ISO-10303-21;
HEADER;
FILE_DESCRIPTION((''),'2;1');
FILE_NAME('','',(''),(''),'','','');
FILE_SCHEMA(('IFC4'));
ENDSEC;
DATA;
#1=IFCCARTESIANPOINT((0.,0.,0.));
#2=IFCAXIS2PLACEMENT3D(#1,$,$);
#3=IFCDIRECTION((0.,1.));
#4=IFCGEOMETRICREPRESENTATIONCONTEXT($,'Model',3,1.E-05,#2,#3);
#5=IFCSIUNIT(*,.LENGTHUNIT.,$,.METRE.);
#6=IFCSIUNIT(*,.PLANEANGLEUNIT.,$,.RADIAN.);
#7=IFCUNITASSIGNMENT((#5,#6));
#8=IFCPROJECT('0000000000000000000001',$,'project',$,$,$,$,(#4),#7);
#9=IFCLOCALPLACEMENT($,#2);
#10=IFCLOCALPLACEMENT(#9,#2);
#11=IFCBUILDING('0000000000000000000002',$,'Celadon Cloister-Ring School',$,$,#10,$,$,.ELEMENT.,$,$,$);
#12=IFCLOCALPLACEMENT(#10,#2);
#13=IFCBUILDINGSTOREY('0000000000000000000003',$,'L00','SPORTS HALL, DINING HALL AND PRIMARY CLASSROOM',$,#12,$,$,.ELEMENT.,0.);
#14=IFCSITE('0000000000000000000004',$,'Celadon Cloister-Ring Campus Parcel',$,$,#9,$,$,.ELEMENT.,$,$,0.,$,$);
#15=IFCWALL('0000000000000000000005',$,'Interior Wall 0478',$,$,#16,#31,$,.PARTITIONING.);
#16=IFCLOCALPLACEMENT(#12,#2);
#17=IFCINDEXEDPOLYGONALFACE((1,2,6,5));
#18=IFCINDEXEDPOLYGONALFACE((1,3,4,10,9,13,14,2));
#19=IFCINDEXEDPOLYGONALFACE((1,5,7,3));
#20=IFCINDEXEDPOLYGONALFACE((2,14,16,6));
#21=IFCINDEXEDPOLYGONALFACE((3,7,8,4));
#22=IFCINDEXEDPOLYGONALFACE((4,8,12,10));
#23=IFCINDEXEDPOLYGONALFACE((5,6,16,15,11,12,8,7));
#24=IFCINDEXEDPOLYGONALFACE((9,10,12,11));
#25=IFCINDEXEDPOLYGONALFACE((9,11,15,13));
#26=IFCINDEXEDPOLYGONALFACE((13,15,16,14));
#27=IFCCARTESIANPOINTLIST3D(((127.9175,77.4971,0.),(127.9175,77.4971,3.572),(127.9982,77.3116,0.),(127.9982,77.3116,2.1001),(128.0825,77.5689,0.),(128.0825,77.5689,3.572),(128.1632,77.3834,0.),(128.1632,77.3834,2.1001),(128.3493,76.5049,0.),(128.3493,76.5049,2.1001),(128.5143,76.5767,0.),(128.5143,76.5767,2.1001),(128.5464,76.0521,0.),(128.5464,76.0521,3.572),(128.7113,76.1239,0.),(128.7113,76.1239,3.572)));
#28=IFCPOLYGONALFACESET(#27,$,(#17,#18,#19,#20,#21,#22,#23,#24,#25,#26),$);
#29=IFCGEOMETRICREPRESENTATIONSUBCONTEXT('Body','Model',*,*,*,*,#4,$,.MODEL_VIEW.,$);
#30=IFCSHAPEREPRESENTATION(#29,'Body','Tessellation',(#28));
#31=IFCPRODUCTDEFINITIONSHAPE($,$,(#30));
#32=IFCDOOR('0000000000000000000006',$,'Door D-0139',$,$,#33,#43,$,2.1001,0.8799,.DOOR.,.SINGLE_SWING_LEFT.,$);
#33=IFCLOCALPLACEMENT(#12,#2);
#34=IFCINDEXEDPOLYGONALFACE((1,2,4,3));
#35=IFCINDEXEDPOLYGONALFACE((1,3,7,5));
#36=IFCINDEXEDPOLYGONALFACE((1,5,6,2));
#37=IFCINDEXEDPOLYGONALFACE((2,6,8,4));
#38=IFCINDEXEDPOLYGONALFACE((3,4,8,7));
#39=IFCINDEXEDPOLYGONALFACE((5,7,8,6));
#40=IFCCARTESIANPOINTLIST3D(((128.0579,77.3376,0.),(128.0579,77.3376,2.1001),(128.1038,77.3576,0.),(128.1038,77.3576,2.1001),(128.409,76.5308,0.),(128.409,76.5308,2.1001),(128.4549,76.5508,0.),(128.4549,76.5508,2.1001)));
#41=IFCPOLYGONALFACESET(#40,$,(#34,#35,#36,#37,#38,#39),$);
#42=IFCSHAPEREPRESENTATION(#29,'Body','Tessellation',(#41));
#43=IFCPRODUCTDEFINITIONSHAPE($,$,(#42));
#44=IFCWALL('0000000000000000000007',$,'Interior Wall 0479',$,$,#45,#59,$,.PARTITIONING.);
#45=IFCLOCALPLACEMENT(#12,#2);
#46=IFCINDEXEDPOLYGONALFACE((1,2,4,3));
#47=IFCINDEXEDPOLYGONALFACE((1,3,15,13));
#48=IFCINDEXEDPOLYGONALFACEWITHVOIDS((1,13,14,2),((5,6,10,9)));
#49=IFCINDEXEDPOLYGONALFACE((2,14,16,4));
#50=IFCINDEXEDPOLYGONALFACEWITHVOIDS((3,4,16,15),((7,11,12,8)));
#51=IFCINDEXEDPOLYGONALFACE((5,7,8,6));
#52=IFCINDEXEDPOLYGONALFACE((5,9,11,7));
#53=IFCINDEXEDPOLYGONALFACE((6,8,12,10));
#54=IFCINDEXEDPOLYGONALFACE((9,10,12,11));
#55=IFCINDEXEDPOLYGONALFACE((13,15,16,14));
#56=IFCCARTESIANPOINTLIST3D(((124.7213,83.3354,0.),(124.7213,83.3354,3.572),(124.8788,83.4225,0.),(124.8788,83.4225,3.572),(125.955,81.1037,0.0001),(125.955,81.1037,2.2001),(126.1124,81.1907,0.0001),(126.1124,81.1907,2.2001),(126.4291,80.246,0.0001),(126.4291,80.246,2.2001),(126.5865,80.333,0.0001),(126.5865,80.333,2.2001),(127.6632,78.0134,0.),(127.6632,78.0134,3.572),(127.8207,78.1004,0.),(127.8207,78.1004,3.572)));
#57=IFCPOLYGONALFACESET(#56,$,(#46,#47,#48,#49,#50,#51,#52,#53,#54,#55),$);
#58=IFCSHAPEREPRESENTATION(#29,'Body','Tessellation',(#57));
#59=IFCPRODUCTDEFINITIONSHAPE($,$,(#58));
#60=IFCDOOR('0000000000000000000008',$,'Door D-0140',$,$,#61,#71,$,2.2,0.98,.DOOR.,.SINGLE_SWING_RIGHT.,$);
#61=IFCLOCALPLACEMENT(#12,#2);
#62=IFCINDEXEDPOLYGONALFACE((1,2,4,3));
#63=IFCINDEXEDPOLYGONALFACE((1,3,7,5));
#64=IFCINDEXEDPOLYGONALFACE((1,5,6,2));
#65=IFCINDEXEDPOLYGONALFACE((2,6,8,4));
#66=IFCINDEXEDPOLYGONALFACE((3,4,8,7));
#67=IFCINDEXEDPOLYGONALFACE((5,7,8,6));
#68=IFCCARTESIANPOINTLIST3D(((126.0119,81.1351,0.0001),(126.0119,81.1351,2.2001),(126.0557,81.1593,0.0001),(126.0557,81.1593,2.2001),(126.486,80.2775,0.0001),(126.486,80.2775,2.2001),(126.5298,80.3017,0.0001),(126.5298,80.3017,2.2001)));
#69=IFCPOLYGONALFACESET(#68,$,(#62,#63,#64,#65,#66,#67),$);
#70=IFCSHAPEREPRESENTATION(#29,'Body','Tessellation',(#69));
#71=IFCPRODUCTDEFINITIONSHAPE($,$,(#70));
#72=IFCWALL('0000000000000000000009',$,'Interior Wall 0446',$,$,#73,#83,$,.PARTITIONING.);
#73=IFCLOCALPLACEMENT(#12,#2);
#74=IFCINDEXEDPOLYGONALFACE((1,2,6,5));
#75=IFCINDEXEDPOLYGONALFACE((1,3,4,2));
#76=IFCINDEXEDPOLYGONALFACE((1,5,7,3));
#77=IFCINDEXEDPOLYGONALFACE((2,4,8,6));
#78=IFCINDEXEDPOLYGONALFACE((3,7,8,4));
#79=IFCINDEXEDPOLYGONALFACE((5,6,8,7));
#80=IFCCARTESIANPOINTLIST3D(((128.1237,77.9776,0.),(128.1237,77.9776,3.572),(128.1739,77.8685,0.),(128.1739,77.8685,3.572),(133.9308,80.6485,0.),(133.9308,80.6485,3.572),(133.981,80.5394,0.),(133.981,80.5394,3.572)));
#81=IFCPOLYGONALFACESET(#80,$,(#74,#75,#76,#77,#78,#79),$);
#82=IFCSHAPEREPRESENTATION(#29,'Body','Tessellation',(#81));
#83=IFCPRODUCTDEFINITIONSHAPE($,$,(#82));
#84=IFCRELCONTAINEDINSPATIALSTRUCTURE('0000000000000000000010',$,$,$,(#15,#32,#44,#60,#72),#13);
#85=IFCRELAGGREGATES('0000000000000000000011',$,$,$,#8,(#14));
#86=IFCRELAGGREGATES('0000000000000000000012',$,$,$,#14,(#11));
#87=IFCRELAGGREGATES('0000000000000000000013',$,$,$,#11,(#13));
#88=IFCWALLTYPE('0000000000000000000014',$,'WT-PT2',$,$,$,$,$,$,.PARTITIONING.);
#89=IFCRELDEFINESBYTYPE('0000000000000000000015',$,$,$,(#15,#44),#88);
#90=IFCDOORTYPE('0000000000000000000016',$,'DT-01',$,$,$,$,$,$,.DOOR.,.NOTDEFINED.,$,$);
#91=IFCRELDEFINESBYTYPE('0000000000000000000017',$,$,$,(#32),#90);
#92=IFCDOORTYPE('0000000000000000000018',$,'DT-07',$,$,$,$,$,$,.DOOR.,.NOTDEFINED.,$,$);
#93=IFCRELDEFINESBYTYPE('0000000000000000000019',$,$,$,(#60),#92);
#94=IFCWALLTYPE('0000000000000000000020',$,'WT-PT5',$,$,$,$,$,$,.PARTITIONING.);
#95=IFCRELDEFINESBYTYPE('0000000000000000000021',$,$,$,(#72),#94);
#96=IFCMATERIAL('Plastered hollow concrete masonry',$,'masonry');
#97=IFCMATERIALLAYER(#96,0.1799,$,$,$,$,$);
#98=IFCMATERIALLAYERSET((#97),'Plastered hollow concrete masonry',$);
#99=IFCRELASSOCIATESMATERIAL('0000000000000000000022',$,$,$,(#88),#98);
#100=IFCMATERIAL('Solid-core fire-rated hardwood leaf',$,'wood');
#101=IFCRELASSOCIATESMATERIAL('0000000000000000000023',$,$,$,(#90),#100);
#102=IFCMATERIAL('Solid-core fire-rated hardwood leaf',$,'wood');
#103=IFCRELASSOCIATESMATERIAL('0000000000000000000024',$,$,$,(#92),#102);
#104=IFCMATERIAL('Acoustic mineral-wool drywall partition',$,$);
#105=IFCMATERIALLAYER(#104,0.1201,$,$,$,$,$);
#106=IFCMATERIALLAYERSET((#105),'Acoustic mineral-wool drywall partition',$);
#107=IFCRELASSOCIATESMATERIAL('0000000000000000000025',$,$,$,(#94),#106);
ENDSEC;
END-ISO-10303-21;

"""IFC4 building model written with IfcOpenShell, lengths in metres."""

from ifc_helpers import new_model, si_unit, direction, frame, frame_2d, origin, place, context, subcontext, project, spatial, rectangle, extrude, material, layer, layer_set, type_object, element, fill, save


model = new_model("IFC4")

# Units and contexts
model_context = context("Model", 3, precision=1e-05, world=origin(), true_north=direction((0.0, 1.0)))
body_context = subcontext(model_context, "Body", "Model", "MODEL_VIEW")
ifc_project = project(units=[si_unit("LENGTHUNIT", "METRE"), si_unit("PLANEANGLEUNIT", "RADIAN")], contexts=[model_context])

# Site, building, storey
site_placement = place(None, origin())
site = spatial("IfcSite", under=ifc_project, at=site_placement, Name="Celadon Cloister-Ring Campus Parcel", CompositionType="ELEMENT", RefElevation=0.0)
building_placement = place(site_placement, origin())
building = spatial("IfcBuilding", under=site, at=building_placement, Name="Celadon Cloister-Ring School", CompositionType="ELEMENT")
storey_placement = place(building_placement, origin())
storey = spatial("IfcBuildingStorey", under=building, at=storey_placement, Name="L00", Description="SPORTS HALL, DINING HALL AND PRIMARY CLASSROOM", CompositionType="ELEMENT", Elevation=0.0)

# Shared definitions
ifc_material_1 = material(Name="Plastered hollow concrete masonry", Category="masonry")
ifc_layer_1 = layer(ifc_material_1, 0.1799)
ifc_layer_set_1 = layer_set([ifc_layer_1], Name="Plastered hollow concrete masonry")
wall_type_1 = type_object("IfcWallType", Name="WT-PT2", PredefinedType="PARTITIONING", material=ifc_layer_set_1)

# Walls, openings, doors
wall_1_placement = place(storey_placement, frame((128.6289, 76.0879, 0.0), z_axis=(0.0, 0.0, 1.0), x_axis=(-0.399055, 0.916927, 0.0)))
wall_1 = element("IfcWall", 1, at=wall_1_placement, inside=storey, type_object=wall_type_1, Name="Interior Wall 0478", PredefinedType="PARTITIONING", context=body_context, shape_type="SweptSolid", body=[
    extrude(rectangle(XDim=1.5759, YDim=0.1799, at=frame_2d((0.7881, 0.0))), origin(), (0.0, 0.0, 1.0), 3.572),
])
opening_1_placement = place(wall_1_placement, frame((0.4939, 0.0, 0.0)))
opening_1 = element("IfcOpeningElement", 2, at=opening_1_placement, cuts=wall_1, PredefinedType="OPENING", context=body_context, shape_type="SweptSolid", body=[
    extrude(rectangle(XDim=0.8799, YDim=2.1001, at=frame_2d((0.4399, 1.05))), frame((0.0, 0.1001, 0.0), z_axis=(0.0, -1.0, 0.0), x_axis=(1.0, 0.0, 0.0)), (0.0, 0.0, 1.0), 0.2),
])
ifc_material_2 = material(Name="Solid-core fire-rated hardwood leaf", Category="wood")
door_type_1 = type_object("IfcDoorType", Name="DT-01", OperationType="NOTDEFINED", PredefinedType="DOOR", material=ifc_material_2)
door_1_placement = place(opening_1_placement, origin())
door_1 = element("IfcDoor", 3, at=door_1_placement, inside=storey, type_object=door_type_1, Name="Door D-0139", OperationType="SINGLE_SWING_LEFT", OverallHeight=2.1001, OverallWidth=0.8799, PredefinedType="DOOR", context=body_context, shape_type="SweptSolid", body=[
    extrude(rectangle(XDim=0.8799, YDim=2.1001, at=frame_2d((0.4399, 1.05))), frame((0.0, 0.0249, 0.0), z_axis=(0.0, -1.0, 0.0), x_axis=(1.0, 0.0, 0.0)), (0.0, 0.0, 1.0), 0.05),
])
fill(opening_1, door_1)
wall_2_placement = place(storey_placement, frame((127.7419, 78.0569, 0.0), z_axis=(0.0, 0.0, 1.0), x_axis=(-0.483784, 0.875187, 0.0)))
wall_2 = element("IfcWall", 4, at=wall_2_placement, inside=storey, type_object=wall_type_1, Name="Interior Wall 0479", PredefinedType="PARTITIONING", context=body_context, shape_type="SweptSolid", body=[
    extrude(rectangle(XDim=6.0811, YDim=0.1799, at=frame_2d((3.0405, 0.0))), origin(), (0.0, 0.0, 1.0), 3.572),
])
opening_2_placement = place(wall_2_placement, frame((2.551, 0.0, 0.0)))
opening_2 = element("IfcOpeningElement", 5, at=opening_2_placement, cuts=wall_2, PredefinedType="OPENING", context=body_context, shape_type="SweptSolid", body=[
    extrude(rectangle(XDim=0.98, YDim=2.2, at=frame_2d((0.49, 1.1001))), frame((0.0, 0.1001, 0.0), z_axis=(0.0, -1.0, 0.0), x_axis=(1.0, 0.0, 0.0)), (0.0, 0.0, 1.0), 0.2),
])
ifc_material_3 = material(Name="Solid-core fire-rated hardwood leaf", Category="wood")
door_type_2 = type_object("IfcDoorType", Name="DT-07", OperationType="NOTDEFINED", PredefinedType="DOOR", material=ifc_material_3)
door_2_placement = place(opening_2_placement, origin())
door_2 = element("IfcDoor", 6, at=door_2_placement, inside=storey, type_object=door_type_2, Name="Door D-0140", OperationType="SINGLE_SWING_RIGHT", OverallHeight=2.2, OverallWidth=0.98, PredefinedType="DOOR", context=body_context, shape_type="SweptSolid", body=[
    extrude(rectangle(XDim=0.98, YDim=2.2, at=frame_2d((0.49, 1.1001))), frame((0.0, 0.0249, 0.0), z_axis=(0.0, -1.0, 0.0), x_axis=(1.0, 0.0, 0.0)), (0.0, 0.0, 1.0), 0.05),
])
fill(opening_2, door_2)

# Wall
ifc_material_4 = material(Name="Acoustic mineral-wool drywall partition")
ifc_layer_2 = layer(ifc_material_4, 0.1201)
ifc_layer_set_2 = layer_set([ifc_layer_2], Name="Acoustic mineral-wool drywall partition")
wall_type_2 = type_object("IfcWallType", Name="WT-PT5", PredefinedType="PARTITIONING", material=ifc_layer_set_2)
wall_3_placement = place(storey_placement, frame((128.1489, 77.9231, 0.0), z_axis=(0.0, 0.0, 1.0), x_axis=(0.908513, 0.417856, 0.0)))
element("IfcWall", 7, at=wall_3_placement, inside=storey, type_object=wall_type_2, Name="Interior Wall 0446", PredefinedType="PARTITIONING", context=body_context, shape_type="SweptSolid", body=[
    extrude(rectangle(XDim=6.3918, YDim=0.1201, at=frame_2d((3.1958, 0.0))), origin(), (0.0, 0.0, 1.0), 3.572),
])

save(model, "model.ifc")
